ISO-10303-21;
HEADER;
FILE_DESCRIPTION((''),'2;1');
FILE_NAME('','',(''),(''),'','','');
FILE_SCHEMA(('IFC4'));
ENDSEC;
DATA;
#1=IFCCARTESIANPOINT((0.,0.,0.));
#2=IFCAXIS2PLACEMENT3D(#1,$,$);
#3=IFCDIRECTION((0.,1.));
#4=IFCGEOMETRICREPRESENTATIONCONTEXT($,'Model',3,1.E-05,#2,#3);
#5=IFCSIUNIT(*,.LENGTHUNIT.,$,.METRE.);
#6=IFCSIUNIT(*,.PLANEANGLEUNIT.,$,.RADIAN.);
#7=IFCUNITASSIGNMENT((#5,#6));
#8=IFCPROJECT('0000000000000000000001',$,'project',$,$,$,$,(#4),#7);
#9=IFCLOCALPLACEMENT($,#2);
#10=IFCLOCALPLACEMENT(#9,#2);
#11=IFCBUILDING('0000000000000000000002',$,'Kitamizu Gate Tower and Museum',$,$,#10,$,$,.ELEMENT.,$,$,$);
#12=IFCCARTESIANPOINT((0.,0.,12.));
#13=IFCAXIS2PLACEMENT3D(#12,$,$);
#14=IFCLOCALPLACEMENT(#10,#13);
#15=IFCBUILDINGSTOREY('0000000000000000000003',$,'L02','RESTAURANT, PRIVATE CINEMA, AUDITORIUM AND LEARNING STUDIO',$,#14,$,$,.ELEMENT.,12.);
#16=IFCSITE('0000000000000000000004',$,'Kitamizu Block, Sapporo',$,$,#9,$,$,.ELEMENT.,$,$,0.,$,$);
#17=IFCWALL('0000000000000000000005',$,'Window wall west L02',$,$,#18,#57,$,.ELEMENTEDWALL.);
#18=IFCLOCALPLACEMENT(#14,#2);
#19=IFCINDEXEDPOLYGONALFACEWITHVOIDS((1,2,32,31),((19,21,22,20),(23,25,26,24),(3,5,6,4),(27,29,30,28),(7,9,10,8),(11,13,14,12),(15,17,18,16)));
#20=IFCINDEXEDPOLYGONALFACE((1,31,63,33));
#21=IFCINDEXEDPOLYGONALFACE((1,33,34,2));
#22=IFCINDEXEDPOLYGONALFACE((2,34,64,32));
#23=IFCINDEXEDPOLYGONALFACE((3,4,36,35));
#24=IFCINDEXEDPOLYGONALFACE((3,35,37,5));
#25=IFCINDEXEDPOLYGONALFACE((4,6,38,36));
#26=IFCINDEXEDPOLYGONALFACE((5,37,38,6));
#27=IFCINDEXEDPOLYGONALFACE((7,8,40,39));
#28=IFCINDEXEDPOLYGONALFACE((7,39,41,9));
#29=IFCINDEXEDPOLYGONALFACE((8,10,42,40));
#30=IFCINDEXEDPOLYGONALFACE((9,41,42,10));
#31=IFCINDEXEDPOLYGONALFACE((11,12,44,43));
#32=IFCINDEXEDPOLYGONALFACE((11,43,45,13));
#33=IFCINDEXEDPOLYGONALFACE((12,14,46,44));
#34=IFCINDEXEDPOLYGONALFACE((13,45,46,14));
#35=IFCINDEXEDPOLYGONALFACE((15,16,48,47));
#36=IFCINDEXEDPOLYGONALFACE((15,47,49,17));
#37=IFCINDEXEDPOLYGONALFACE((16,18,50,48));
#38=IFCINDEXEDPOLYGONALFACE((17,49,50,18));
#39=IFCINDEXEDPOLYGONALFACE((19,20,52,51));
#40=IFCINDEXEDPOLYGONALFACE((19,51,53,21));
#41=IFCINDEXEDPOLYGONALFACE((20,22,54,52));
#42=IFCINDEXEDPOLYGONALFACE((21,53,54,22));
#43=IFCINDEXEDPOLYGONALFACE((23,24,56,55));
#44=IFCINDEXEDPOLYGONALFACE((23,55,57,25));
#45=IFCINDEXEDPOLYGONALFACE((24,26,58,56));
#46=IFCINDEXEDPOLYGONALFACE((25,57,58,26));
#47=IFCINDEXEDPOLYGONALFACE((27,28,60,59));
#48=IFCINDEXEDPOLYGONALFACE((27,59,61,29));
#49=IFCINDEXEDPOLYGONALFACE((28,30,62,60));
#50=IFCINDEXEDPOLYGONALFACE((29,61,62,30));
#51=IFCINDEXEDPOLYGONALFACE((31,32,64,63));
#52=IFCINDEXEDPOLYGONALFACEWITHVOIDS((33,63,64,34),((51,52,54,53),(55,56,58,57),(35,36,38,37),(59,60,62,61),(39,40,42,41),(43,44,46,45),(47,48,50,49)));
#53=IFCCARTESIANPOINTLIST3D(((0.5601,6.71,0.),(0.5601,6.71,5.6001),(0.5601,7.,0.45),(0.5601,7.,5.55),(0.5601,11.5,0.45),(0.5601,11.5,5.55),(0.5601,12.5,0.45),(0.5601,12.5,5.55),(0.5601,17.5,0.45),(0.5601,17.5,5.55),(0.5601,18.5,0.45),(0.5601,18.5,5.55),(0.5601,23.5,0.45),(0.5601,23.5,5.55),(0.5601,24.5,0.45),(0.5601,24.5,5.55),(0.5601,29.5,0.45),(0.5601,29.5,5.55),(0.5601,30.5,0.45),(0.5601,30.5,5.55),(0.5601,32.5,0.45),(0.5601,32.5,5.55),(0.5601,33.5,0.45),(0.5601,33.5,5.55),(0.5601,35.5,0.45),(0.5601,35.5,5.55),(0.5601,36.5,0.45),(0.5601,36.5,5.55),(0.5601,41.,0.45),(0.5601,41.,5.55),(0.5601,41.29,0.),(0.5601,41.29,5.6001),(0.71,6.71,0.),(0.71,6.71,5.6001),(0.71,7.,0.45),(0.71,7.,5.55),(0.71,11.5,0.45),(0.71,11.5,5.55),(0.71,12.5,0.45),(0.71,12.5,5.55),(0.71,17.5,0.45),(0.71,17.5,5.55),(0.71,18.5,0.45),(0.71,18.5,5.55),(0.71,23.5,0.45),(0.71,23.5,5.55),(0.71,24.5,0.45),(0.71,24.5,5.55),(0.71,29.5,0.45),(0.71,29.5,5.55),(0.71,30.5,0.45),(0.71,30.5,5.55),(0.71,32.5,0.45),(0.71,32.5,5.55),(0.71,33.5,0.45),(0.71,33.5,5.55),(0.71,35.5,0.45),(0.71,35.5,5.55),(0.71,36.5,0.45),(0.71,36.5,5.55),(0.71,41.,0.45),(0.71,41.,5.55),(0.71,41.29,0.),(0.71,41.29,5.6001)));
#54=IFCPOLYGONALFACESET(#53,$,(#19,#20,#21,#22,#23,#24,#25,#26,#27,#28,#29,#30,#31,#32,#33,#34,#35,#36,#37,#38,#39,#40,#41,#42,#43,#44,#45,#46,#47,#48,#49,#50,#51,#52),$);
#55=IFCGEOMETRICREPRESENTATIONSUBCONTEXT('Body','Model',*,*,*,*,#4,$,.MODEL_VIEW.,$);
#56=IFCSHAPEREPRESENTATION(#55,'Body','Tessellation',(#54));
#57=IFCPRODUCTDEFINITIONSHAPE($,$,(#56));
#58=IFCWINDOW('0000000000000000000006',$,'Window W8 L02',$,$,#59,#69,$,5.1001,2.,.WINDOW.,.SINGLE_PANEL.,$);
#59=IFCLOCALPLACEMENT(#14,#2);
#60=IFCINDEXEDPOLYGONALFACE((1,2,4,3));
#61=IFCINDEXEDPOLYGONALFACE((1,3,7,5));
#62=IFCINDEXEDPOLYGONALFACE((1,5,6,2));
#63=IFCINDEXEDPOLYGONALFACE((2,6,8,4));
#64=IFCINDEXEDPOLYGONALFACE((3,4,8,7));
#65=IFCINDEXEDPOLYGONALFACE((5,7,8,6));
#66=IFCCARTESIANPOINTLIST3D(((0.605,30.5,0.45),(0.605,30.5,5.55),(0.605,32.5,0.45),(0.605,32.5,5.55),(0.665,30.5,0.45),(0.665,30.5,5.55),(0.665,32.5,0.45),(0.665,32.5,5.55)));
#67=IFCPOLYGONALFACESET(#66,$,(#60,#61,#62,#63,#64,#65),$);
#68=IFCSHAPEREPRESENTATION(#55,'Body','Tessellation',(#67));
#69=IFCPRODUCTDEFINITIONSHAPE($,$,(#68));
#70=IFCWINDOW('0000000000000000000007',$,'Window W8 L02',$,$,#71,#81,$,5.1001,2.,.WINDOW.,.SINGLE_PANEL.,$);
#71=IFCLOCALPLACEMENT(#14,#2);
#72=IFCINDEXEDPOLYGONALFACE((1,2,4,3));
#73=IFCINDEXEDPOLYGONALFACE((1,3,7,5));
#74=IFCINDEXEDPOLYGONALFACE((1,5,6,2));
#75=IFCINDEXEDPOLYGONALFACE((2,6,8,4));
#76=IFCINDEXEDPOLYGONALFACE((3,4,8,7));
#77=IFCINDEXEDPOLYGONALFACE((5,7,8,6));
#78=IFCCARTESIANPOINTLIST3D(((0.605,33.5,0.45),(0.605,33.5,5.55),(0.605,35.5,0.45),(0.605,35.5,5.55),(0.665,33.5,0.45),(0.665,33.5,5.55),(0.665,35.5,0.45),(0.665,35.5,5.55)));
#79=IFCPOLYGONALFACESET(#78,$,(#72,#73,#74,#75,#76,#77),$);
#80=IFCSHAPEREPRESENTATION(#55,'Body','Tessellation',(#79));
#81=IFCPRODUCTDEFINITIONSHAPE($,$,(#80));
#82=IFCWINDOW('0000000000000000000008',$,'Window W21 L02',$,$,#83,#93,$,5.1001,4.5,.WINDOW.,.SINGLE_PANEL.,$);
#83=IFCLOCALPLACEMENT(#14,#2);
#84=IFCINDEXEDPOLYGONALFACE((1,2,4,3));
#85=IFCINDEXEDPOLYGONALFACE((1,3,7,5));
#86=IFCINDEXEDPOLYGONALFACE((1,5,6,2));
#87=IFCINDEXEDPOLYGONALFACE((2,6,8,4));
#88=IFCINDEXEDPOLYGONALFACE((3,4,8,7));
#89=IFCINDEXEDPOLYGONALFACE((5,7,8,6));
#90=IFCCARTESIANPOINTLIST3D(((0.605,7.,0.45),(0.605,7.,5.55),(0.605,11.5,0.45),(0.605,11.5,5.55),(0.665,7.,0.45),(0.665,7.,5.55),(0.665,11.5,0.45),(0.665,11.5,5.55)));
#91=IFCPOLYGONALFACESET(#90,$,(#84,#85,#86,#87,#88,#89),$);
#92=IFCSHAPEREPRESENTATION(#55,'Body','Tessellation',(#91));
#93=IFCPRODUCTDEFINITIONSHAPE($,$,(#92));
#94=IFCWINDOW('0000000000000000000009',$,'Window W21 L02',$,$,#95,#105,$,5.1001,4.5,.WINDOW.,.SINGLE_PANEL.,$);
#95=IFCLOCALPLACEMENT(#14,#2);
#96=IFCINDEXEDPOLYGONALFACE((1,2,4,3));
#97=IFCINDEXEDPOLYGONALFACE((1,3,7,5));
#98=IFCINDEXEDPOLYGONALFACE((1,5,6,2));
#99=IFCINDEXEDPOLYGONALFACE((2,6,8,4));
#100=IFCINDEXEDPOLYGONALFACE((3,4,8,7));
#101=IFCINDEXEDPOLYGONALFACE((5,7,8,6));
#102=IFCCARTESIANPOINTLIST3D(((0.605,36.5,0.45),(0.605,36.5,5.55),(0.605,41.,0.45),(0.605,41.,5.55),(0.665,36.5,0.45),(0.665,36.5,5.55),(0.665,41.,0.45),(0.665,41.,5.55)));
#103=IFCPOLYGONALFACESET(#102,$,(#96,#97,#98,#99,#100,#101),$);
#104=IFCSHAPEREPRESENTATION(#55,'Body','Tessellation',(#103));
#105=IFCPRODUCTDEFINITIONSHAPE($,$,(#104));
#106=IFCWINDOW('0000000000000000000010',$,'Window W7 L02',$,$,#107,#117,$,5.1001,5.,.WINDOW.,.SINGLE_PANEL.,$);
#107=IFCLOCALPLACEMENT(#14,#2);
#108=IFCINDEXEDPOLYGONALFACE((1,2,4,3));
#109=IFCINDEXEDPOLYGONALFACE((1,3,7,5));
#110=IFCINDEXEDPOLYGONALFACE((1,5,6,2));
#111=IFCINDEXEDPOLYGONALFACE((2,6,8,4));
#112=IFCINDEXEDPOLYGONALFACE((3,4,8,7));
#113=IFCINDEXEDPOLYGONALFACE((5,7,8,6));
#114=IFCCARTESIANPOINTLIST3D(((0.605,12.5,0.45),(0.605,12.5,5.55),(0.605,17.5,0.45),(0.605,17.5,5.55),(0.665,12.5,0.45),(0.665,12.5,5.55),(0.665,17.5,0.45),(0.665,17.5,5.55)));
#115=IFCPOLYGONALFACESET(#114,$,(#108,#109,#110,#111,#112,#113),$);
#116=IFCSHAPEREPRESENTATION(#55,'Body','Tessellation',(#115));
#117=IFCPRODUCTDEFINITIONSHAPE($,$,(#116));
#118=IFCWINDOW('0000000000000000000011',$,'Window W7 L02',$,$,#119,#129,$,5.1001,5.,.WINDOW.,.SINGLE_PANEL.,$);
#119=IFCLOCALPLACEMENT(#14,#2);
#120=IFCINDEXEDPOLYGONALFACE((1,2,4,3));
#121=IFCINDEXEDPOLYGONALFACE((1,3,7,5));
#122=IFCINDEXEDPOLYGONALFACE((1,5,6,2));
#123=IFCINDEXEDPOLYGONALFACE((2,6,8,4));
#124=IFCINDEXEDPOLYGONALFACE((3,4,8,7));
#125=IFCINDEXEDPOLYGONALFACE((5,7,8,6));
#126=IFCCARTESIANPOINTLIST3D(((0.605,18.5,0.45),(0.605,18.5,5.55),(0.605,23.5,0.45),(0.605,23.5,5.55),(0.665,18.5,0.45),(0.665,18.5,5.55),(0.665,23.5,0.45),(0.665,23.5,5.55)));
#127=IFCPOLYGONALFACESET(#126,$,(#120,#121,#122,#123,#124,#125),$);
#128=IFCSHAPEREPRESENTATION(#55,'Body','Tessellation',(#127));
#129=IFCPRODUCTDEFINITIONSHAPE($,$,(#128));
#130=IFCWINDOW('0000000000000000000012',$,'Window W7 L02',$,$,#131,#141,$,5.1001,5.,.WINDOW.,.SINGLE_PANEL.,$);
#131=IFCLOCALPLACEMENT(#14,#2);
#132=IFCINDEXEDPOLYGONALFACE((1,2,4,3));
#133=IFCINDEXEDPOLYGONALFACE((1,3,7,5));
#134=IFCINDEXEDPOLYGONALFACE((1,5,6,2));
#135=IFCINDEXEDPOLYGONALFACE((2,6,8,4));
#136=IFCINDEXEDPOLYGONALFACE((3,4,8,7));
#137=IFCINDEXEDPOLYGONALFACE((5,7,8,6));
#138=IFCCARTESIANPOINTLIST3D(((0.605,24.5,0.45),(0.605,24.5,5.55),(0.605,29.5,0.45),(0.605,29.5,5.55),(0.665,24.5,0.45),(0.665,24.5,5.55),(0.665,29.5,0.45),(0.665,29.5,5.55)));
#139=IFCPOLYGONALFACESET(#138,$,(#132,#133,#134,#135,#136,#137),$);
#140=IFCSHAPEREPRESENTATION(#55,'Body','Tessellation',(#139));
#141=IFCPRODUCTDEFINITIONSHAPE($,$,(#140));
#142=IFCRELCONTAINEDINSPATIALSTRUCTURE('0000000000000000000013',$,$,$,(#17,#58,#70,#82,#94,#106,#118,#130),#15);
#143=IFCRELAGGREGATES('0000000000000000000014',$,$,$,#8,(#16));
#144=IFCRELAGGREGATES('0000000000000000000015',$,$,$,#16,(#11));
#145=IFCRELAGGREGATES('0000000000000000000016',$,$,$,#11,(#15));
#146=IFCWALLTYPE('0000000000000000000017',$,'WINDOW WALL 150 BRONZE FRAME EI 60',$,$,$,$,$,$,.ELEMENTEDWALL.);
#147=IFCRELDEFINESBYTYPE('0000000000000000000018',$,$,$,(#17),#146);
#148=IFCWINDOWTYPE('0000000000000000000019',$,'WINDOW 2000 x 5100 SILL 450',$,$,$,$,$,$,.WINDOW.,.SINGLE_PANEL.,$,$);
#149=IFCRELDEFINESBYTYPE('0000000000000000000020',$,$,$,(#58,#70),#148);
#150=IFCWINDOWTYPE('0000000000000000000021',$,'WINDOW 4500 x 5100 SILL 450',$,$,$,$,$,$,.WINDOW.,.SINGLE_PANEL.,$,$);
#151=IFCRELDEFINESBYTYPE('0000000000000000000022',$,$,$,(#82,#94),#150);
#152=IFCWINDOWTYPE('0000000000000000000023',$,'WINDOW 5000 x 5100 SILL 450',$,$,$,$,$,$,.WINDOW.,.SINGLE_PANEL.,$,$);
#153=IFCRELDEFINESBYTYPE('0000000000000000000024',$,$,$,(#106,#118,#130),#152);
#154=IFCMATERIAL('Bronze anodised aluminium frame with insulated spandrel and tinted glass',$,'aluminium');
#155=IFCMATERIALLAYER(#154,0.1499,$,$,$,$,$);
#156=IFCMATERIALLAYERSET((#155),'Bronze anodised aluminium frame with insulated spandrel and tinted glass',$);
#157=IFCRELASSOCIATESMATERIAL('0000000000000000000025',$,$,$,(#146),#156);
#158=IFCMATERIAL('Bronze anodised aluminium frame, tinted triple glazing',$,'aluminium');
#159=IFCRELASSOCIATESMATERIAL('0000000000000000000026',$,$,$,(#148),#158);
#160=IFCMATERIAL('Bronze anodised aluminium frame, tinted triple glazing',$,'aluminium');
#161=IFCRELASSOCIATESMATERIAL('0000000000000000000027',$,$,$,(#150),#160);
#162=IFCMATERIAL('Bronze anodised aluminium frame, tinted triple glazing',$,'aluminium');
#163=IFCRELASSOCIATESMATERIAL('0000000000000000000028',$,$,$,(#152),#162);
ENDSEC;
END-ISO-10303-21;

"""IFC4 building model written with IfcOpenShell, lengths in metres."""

from ifc_helpers import new_model, si_unit, direction, frame, frame_2d, origin, place, context, subcontext, project, spatial, rectangle, extrude, material, layer, layer_set, type_object, element, fill, save


model = new_model("IFC4")

# Units and contexts
model_context = context("Model", 3, precision=1e-05, world=origin(), true_north=direction((0.0, 1.0)))
body_context = subcontext(model_context, "Body", "Model", "MODEL_VIEW")
ifc_project = project(units=[si_unit("LENGTHUNIT", "METRE"), si_unit("PLANEANGLEUNIT", "RADIAN")], contexts=[model_context])

# Site, building, storey
site_placement = place(None, origin())
site = spatial("IfcSite", under=ifc_project, at=site_placement, Name="Kitamizu Block, Sapporo", CompositionType="ELEMENT", RefElevation=0.0)
building_placement = place(site_placement, origin())
building = spatial("IfcBuilding", under=site, at=building_placement, Name="Kitamizu Gate Tower and Museum", CompositionType="ELEMENT")
storey_placement = place(building_placement, frame((0.0, 0.0, 12.0)))
storey = spatial("IfcBuildingStorey", under=building, at=storey_placement, Name="L02", Description="RESTAURANT, PRIVATE CINEMA, AUDITORIUM AND LEARNING STUDIO", CompositionType="ELEMENT", Elevation=12.0)

# Wall, openings, windows
ifc_material_1 = material(Name="Bronze anodised aluminium frame with insulated spandrel and tinted glass", Category="aluminium")
ifc_layer_1 = layer(ifc_material_1, 0.1499)
ifc_layer_set_1 = layer_set([ifc_layer_1], Name="Bronze anodised aluminium frame with insulated spandrel and tinted glass")
wall_type_1 = type_object("IfcWallType", Name="WINDOW WALL 150 BRONZE FRAME EI 60", PredefinedType="ELEMENTEDWALL", material=ifc_layer_set_1)
wall_1_placement = place(storey_placement, frame((0.635, 6.71, 0.0), z_axis=(0.0, 0.0, 1.0), x_axis=(0.0, 1.0, 0.0)))
wall_1 = element("IfcWall", 1, at=wall_1_placement, inside=storey, type_object=wall_type_1, Name="Window wall west L02", PredefinedType="ELEMENTEDWALL", context=body_context, shape_type="SweptSolid", body=[
    extrude(rectangle(XDim=34.5801, YDim=0.1499, at=frame_2d((17.29, 0.0))), origin(), (0.0, 0.0, 1.0), 5.6001),
])
opening_1_placement = place(wall_1_placement, frame((0.29, 0.0, 0.45)))
opening_1 = element("IfcOpeningElement", 2, at=opening_1_placement, cuts=wall_1, PredefinedType="OPENING", context=body_context, shape_type="SweptSolid", body=[
    extrude(rectangle(XDim=4.5, YDim=5.1001, at=frame_2d((2.25, 2.55))), frame((0.0, 0.085, 0.0), z_axis=(0.0, -1.0, 0.0), x_axis=(1.0, 0.0, 0.0)), (0.0, 0.0, 1.0), 0.1699),
])
opening_2_placement = place(wall_1_placement, frame((5.79, 0.0, 0.45)))
opening_2 = element("IfcOpeningElement", 3, at=opening_2_placement, cuts=wall_1, PredefinedType="OPENING", context=body_context, shape_type="SweptSolid", body=[
    extrude(rectangle(XDim=5.0, YDim=5.1001, at=frame_2d((2.5, 2.55))), frame((0.0, 0.085, 0.0), z_axis=(0.0, -1.0, 0.0), x_axis=(1.0, 0.0, 0.0)), (0.0, 0.0, 1.0), 0.1699),
])
opening_3_placement = place(wall_1_placement, frame((11.79, 0.0, 0.45)))
opening_3 = element("IfcOpeningElement", 4, at=opening_3_placement, cuts=wall_1, PredefinedType="OPENING", context=body_context, shape_type="SweptSolid", body=[
    extrude(rectangle(XDim=5.0, YDim=5.1001, at=frame_2d((2.5, 2.55))), frame((0.0, 0.085, 0.0), z_axis=(0.0, -1.0, 0.0), x_axis=(1.0, 0.0, 0.0)), (0.0, 0.0, 1.0), 0.1699),
])
opening_4_placement = place(wall_1_placement, frame((17.79, 0.0, 0.45)))
opening_4 = element("IfcOpeningElement", 5, at=opening_4_placement, cuts=wall_1, PredefinedType="OPENING", context=body_context, shape_type="SweptSolid", body=[
    extrude(rectangle(XDim=5.0, YDim=5.1001, at=frame_2d((2.5, 2.55))), frame((0.0, 0.085, 0.0), z_axis=(0.0, -1.0, 0.0), x_axis=(1.0, 0.0, 0.0)), (0.0, 0.0, 1.0), 0.1699),
])
opening_5_placement = place(wall_1_placement, frame((23.79, 0.0, 0.45)))
opening_5 = element("IfcOpeningElement", 6, at=opening_5_placement, cuts=wall_1, PredefinedType="OPENING", context=body_context, shape_type="SweptSolid", body=[
    extrude(rectangle(XDim=2.0, YDim=5.1001, at=frame_2d((1.0, 2.55))), frame((0.0, 0.085, 0.0), z_axis=(0.0, -1.0, 0.0), x_axis=(1.0, 0.0, 0.0)), (0.0, 0.0, 1.0), 0.1699),
])
opening_6_placement = place(wall_1_placement, frame((26.79, 0.0, 0.45)))
opening_6 = element("IfcOpeningElement", 7, at=opening_6_placement, cuts=wall_1, PredefinedType="OPENING", context=body_context, shape_type="SweptSolid", body=[
    extrude(rectangle(XDim=2.0, YDim=5.1001, at=frame_2d((1.0, 2.55))), frame((0.0, 0.085, 0.0), z_axis=(0.0, -1.0, 0.0), x_axis=(1.0, 0.0, 0.0)), (0.0, 0.0, 1.0), 0.1699),
])
opening_7_placement = place(wall_1_placement, frame((29.79, 0.0, 0.45)))
opening_7 = element("IfcOpeningElement", 8, at=opening_7_placement, cuts=wall_1, PredefinedType="OPENING", context=body_context, shape_type="SweptSolid", body=[
    extrude(rectangle(XDim=4.5, YDim=5.1001, at=frame_2d((2.25, 2.55))), frame((0.0, 0.085, 0.0), z_axis=(0.0, -1.0, 0.0), x_axis=(1.0, 0.0, 0.0)), (0.0, 0.0, 1.0), 0.1699),
])
ifc_material_2 = material(Name="Bronze anodised aluminium frame, tinted triple glazing", Category="aluminium")
window_type_1 = type_object("IfcWindowType", Name="WINDOW 2000 x 5100 SILL 450", PartitioningType="SINGLE_PANEL", PredefinedType="WINDOW", material=ifc_material_2)
window_1_placement = place(opening_5_placement, origin())
window_1 = element("IfcWindow", 9, at=window_1_placement, inside=storey, type_object=window_type_1, Name="Window W8 L02", OverallHeight=5.1001, OverallWidth=2.0, PartitioningType="SINGLE_PANEL", PredefinedType="WINDOW", context=body_context, shape_type="SweptSolid", body=[
    extrude(rectangle(XDim=2.0, YDim=5.1001, at=frame_2d((1.0, 2.55))), frame((0.0, 0.03, 0.0), z_axis=(0.0, -1.0, 0.0), x_axis=(1.0, 0.0, 0.0)), (0.0, 0.0, 1.0), 0.0601),
])
fill(opening_5, window_1)
window_2_placement = place(opening_6_placement, origin())
window_2 = element("IfcWindow", 10, at=window_2_placement, inside=storey, type_object=window_type_1, Name="Window W8 L02", OverallHeight=5.1001, OverallWidth=2.0, PartitioningType="SINGLE_PANEL", PredefinedType="WINDOW", context=body_context, shape_type="SweptSolid", body=[
    extrude(rectangle(XDim=2.0, YDim=5.1001, at=frame_2d((1.0, 2.55))), frame((0.0, 0.03, 0.0), z_axis=(0.0, -1.0, 0.0), x_axis=(1.0, 0.0, 0.0)), (0.0, 0.0, 1.0), 0.0601),
])
fill(opening_6, window_2)
ifc_material_3 = material(Name="Bronze anodised aluminium frame, tinted triple glazing", Category="aluminium")
window_type_2 = type_object("IfcWindowType", Name="WINDOW 4500 x 5100 SILL 450", PartitioningType="SINGLE_PANEL", PredefinedType="WINDOW", material=ifc_material_3)
window_3_placement = place(opening_1_placement, origin())
window_3 = element("IfcWindow", 11, at=window_3_placement, inside=storey, type_object=window_type_2, Name="Window W21 L02", OverallHeight=5.1001, OverallWidth=4.5, PartitioningType="SINGLE_PANEL", PredefinedType="WINDOW", context=body_context, shape_type="SweptSolid", body=[
    extrude(rectangle(XDim=4.5, YDim=5.1001, at=frame_2d((2.25, 2.55))), frame((0.0, 0.03, 0.0), z_axis=(0.0, -1.0, 0.0), x_axis=(1.0, 0.0, 0.0)), (0.0, 0.0, 1.0), 0.0601),
])
fill(opening_1, window_3)
window_4_placement = place(opening_7_placement, origin())
window_4 = element("IfcWindow", 12, at=window_4_placement, inside=storey, type_object=window_type_2, Name="Window W21 L02", OverallHeight=5.1001, OverallWidth=4.5, PartitioningType="SINGLE_PANEL", PredefinedType="WINDOW", context=body_context, shape_type="SweptSolid", body=[
    extrude(rectangle(XDim=4.5, YDim=5.1001, at=frame_2d((2.25, 2.55))), frame((0.0, 0.03, 0.0), z_axis=(0.0, -1.0, 0.0), x_axis=(1.0, 0.0, 0.0)), (0.0, 0.0, 1.0), 0.0601),
])
fill(opening_7, window_4)
ifc_material_4 = material(Name="Bronze anodised aluminium frame, tinted triple glazing", Category="aluminium")
window_type_3 = type_object("IfcWindowType", Name="WINDOW 5000 x 5100 SILL 450", PartitioningType="SINGLE_PANEL", PredefinedType="WINDOW", material=ifc_material_4)
window_5_placement = place(opening_2_placement, origin())
window_5 = element("IfcWindow", 13, at=window_5_placement, inside=storey, type_object=window_type_3, Name="Window W7 L02", OverallHeight=5.1001, OverallWidth=5.0, PartitioningType="SINGLE_PANEL", PredefinedType="WINDOW", context=body_context, shape_type="SweptSolid", body=[
    extrude(rectangle(XDim=5.0, YDim=5.1001, at=frame_2d((2.5, 2.55))), frame((0.0, 0.03, 0.0), z_axis=(0.0, -1.0, 0.0), x_axis=(1.0, 0.0, 0.0)), (0.0, 0.0, 1.0), 0.0601),
])
fill(opening_2, window_5)
window_6_placement = place(opening_3_placement, origin())
window_6 = element("IfcWindow", 14, at=window_6_placement, inside=storey, type_object=window_type_3, Name="Window W7 L02", OverallHeight=5.1001, OverallWidth=5.0, PartitioningType="SINGLE_PANEL", PredefinedType="WINDOW", context=body_context, shape_type="SweptSolid", body=[
    extrude(rectangle(XDim=5.0, YDim=5.1001, at=frame_2d((2.5, 2.55))), frame((0.0, 0.03, 0.0), z_axis=(0.0, -1.0, 0.0), x_axis=(1.0, 0.0, 0.0)), (0.0, 0.0, 1.0), 0.0601),
])
fill(opening_3, window_6)
window_7_placement = place(opening_4_placement, origin())
window_7 = element("IfcWindow", 15, at=window_7_placement, inside=storey, type_object=window_type_3, Name="Window W7 L02", OverallHeight=5.1001, OverallWidth=5.0, PartitioningType="SINGLE_PANEL", PredefinedType="WINDOW", context=body_context, shape_type="SweptSolid", body=[
    extrude(rectangle(XDim=5.0, YDim=5.1001, at=frame_2d((2.5, 2.55))), frame((0.0, 0.03, 0.0), z_axis=(0.0, -1.0, 0.0), x_axis=(1.0, 0.0, 0.0)), (0.0, 0.0, 1.0), 0.0601),
])
fill(opening_4, window_7)

save(model, "model.ifc")
